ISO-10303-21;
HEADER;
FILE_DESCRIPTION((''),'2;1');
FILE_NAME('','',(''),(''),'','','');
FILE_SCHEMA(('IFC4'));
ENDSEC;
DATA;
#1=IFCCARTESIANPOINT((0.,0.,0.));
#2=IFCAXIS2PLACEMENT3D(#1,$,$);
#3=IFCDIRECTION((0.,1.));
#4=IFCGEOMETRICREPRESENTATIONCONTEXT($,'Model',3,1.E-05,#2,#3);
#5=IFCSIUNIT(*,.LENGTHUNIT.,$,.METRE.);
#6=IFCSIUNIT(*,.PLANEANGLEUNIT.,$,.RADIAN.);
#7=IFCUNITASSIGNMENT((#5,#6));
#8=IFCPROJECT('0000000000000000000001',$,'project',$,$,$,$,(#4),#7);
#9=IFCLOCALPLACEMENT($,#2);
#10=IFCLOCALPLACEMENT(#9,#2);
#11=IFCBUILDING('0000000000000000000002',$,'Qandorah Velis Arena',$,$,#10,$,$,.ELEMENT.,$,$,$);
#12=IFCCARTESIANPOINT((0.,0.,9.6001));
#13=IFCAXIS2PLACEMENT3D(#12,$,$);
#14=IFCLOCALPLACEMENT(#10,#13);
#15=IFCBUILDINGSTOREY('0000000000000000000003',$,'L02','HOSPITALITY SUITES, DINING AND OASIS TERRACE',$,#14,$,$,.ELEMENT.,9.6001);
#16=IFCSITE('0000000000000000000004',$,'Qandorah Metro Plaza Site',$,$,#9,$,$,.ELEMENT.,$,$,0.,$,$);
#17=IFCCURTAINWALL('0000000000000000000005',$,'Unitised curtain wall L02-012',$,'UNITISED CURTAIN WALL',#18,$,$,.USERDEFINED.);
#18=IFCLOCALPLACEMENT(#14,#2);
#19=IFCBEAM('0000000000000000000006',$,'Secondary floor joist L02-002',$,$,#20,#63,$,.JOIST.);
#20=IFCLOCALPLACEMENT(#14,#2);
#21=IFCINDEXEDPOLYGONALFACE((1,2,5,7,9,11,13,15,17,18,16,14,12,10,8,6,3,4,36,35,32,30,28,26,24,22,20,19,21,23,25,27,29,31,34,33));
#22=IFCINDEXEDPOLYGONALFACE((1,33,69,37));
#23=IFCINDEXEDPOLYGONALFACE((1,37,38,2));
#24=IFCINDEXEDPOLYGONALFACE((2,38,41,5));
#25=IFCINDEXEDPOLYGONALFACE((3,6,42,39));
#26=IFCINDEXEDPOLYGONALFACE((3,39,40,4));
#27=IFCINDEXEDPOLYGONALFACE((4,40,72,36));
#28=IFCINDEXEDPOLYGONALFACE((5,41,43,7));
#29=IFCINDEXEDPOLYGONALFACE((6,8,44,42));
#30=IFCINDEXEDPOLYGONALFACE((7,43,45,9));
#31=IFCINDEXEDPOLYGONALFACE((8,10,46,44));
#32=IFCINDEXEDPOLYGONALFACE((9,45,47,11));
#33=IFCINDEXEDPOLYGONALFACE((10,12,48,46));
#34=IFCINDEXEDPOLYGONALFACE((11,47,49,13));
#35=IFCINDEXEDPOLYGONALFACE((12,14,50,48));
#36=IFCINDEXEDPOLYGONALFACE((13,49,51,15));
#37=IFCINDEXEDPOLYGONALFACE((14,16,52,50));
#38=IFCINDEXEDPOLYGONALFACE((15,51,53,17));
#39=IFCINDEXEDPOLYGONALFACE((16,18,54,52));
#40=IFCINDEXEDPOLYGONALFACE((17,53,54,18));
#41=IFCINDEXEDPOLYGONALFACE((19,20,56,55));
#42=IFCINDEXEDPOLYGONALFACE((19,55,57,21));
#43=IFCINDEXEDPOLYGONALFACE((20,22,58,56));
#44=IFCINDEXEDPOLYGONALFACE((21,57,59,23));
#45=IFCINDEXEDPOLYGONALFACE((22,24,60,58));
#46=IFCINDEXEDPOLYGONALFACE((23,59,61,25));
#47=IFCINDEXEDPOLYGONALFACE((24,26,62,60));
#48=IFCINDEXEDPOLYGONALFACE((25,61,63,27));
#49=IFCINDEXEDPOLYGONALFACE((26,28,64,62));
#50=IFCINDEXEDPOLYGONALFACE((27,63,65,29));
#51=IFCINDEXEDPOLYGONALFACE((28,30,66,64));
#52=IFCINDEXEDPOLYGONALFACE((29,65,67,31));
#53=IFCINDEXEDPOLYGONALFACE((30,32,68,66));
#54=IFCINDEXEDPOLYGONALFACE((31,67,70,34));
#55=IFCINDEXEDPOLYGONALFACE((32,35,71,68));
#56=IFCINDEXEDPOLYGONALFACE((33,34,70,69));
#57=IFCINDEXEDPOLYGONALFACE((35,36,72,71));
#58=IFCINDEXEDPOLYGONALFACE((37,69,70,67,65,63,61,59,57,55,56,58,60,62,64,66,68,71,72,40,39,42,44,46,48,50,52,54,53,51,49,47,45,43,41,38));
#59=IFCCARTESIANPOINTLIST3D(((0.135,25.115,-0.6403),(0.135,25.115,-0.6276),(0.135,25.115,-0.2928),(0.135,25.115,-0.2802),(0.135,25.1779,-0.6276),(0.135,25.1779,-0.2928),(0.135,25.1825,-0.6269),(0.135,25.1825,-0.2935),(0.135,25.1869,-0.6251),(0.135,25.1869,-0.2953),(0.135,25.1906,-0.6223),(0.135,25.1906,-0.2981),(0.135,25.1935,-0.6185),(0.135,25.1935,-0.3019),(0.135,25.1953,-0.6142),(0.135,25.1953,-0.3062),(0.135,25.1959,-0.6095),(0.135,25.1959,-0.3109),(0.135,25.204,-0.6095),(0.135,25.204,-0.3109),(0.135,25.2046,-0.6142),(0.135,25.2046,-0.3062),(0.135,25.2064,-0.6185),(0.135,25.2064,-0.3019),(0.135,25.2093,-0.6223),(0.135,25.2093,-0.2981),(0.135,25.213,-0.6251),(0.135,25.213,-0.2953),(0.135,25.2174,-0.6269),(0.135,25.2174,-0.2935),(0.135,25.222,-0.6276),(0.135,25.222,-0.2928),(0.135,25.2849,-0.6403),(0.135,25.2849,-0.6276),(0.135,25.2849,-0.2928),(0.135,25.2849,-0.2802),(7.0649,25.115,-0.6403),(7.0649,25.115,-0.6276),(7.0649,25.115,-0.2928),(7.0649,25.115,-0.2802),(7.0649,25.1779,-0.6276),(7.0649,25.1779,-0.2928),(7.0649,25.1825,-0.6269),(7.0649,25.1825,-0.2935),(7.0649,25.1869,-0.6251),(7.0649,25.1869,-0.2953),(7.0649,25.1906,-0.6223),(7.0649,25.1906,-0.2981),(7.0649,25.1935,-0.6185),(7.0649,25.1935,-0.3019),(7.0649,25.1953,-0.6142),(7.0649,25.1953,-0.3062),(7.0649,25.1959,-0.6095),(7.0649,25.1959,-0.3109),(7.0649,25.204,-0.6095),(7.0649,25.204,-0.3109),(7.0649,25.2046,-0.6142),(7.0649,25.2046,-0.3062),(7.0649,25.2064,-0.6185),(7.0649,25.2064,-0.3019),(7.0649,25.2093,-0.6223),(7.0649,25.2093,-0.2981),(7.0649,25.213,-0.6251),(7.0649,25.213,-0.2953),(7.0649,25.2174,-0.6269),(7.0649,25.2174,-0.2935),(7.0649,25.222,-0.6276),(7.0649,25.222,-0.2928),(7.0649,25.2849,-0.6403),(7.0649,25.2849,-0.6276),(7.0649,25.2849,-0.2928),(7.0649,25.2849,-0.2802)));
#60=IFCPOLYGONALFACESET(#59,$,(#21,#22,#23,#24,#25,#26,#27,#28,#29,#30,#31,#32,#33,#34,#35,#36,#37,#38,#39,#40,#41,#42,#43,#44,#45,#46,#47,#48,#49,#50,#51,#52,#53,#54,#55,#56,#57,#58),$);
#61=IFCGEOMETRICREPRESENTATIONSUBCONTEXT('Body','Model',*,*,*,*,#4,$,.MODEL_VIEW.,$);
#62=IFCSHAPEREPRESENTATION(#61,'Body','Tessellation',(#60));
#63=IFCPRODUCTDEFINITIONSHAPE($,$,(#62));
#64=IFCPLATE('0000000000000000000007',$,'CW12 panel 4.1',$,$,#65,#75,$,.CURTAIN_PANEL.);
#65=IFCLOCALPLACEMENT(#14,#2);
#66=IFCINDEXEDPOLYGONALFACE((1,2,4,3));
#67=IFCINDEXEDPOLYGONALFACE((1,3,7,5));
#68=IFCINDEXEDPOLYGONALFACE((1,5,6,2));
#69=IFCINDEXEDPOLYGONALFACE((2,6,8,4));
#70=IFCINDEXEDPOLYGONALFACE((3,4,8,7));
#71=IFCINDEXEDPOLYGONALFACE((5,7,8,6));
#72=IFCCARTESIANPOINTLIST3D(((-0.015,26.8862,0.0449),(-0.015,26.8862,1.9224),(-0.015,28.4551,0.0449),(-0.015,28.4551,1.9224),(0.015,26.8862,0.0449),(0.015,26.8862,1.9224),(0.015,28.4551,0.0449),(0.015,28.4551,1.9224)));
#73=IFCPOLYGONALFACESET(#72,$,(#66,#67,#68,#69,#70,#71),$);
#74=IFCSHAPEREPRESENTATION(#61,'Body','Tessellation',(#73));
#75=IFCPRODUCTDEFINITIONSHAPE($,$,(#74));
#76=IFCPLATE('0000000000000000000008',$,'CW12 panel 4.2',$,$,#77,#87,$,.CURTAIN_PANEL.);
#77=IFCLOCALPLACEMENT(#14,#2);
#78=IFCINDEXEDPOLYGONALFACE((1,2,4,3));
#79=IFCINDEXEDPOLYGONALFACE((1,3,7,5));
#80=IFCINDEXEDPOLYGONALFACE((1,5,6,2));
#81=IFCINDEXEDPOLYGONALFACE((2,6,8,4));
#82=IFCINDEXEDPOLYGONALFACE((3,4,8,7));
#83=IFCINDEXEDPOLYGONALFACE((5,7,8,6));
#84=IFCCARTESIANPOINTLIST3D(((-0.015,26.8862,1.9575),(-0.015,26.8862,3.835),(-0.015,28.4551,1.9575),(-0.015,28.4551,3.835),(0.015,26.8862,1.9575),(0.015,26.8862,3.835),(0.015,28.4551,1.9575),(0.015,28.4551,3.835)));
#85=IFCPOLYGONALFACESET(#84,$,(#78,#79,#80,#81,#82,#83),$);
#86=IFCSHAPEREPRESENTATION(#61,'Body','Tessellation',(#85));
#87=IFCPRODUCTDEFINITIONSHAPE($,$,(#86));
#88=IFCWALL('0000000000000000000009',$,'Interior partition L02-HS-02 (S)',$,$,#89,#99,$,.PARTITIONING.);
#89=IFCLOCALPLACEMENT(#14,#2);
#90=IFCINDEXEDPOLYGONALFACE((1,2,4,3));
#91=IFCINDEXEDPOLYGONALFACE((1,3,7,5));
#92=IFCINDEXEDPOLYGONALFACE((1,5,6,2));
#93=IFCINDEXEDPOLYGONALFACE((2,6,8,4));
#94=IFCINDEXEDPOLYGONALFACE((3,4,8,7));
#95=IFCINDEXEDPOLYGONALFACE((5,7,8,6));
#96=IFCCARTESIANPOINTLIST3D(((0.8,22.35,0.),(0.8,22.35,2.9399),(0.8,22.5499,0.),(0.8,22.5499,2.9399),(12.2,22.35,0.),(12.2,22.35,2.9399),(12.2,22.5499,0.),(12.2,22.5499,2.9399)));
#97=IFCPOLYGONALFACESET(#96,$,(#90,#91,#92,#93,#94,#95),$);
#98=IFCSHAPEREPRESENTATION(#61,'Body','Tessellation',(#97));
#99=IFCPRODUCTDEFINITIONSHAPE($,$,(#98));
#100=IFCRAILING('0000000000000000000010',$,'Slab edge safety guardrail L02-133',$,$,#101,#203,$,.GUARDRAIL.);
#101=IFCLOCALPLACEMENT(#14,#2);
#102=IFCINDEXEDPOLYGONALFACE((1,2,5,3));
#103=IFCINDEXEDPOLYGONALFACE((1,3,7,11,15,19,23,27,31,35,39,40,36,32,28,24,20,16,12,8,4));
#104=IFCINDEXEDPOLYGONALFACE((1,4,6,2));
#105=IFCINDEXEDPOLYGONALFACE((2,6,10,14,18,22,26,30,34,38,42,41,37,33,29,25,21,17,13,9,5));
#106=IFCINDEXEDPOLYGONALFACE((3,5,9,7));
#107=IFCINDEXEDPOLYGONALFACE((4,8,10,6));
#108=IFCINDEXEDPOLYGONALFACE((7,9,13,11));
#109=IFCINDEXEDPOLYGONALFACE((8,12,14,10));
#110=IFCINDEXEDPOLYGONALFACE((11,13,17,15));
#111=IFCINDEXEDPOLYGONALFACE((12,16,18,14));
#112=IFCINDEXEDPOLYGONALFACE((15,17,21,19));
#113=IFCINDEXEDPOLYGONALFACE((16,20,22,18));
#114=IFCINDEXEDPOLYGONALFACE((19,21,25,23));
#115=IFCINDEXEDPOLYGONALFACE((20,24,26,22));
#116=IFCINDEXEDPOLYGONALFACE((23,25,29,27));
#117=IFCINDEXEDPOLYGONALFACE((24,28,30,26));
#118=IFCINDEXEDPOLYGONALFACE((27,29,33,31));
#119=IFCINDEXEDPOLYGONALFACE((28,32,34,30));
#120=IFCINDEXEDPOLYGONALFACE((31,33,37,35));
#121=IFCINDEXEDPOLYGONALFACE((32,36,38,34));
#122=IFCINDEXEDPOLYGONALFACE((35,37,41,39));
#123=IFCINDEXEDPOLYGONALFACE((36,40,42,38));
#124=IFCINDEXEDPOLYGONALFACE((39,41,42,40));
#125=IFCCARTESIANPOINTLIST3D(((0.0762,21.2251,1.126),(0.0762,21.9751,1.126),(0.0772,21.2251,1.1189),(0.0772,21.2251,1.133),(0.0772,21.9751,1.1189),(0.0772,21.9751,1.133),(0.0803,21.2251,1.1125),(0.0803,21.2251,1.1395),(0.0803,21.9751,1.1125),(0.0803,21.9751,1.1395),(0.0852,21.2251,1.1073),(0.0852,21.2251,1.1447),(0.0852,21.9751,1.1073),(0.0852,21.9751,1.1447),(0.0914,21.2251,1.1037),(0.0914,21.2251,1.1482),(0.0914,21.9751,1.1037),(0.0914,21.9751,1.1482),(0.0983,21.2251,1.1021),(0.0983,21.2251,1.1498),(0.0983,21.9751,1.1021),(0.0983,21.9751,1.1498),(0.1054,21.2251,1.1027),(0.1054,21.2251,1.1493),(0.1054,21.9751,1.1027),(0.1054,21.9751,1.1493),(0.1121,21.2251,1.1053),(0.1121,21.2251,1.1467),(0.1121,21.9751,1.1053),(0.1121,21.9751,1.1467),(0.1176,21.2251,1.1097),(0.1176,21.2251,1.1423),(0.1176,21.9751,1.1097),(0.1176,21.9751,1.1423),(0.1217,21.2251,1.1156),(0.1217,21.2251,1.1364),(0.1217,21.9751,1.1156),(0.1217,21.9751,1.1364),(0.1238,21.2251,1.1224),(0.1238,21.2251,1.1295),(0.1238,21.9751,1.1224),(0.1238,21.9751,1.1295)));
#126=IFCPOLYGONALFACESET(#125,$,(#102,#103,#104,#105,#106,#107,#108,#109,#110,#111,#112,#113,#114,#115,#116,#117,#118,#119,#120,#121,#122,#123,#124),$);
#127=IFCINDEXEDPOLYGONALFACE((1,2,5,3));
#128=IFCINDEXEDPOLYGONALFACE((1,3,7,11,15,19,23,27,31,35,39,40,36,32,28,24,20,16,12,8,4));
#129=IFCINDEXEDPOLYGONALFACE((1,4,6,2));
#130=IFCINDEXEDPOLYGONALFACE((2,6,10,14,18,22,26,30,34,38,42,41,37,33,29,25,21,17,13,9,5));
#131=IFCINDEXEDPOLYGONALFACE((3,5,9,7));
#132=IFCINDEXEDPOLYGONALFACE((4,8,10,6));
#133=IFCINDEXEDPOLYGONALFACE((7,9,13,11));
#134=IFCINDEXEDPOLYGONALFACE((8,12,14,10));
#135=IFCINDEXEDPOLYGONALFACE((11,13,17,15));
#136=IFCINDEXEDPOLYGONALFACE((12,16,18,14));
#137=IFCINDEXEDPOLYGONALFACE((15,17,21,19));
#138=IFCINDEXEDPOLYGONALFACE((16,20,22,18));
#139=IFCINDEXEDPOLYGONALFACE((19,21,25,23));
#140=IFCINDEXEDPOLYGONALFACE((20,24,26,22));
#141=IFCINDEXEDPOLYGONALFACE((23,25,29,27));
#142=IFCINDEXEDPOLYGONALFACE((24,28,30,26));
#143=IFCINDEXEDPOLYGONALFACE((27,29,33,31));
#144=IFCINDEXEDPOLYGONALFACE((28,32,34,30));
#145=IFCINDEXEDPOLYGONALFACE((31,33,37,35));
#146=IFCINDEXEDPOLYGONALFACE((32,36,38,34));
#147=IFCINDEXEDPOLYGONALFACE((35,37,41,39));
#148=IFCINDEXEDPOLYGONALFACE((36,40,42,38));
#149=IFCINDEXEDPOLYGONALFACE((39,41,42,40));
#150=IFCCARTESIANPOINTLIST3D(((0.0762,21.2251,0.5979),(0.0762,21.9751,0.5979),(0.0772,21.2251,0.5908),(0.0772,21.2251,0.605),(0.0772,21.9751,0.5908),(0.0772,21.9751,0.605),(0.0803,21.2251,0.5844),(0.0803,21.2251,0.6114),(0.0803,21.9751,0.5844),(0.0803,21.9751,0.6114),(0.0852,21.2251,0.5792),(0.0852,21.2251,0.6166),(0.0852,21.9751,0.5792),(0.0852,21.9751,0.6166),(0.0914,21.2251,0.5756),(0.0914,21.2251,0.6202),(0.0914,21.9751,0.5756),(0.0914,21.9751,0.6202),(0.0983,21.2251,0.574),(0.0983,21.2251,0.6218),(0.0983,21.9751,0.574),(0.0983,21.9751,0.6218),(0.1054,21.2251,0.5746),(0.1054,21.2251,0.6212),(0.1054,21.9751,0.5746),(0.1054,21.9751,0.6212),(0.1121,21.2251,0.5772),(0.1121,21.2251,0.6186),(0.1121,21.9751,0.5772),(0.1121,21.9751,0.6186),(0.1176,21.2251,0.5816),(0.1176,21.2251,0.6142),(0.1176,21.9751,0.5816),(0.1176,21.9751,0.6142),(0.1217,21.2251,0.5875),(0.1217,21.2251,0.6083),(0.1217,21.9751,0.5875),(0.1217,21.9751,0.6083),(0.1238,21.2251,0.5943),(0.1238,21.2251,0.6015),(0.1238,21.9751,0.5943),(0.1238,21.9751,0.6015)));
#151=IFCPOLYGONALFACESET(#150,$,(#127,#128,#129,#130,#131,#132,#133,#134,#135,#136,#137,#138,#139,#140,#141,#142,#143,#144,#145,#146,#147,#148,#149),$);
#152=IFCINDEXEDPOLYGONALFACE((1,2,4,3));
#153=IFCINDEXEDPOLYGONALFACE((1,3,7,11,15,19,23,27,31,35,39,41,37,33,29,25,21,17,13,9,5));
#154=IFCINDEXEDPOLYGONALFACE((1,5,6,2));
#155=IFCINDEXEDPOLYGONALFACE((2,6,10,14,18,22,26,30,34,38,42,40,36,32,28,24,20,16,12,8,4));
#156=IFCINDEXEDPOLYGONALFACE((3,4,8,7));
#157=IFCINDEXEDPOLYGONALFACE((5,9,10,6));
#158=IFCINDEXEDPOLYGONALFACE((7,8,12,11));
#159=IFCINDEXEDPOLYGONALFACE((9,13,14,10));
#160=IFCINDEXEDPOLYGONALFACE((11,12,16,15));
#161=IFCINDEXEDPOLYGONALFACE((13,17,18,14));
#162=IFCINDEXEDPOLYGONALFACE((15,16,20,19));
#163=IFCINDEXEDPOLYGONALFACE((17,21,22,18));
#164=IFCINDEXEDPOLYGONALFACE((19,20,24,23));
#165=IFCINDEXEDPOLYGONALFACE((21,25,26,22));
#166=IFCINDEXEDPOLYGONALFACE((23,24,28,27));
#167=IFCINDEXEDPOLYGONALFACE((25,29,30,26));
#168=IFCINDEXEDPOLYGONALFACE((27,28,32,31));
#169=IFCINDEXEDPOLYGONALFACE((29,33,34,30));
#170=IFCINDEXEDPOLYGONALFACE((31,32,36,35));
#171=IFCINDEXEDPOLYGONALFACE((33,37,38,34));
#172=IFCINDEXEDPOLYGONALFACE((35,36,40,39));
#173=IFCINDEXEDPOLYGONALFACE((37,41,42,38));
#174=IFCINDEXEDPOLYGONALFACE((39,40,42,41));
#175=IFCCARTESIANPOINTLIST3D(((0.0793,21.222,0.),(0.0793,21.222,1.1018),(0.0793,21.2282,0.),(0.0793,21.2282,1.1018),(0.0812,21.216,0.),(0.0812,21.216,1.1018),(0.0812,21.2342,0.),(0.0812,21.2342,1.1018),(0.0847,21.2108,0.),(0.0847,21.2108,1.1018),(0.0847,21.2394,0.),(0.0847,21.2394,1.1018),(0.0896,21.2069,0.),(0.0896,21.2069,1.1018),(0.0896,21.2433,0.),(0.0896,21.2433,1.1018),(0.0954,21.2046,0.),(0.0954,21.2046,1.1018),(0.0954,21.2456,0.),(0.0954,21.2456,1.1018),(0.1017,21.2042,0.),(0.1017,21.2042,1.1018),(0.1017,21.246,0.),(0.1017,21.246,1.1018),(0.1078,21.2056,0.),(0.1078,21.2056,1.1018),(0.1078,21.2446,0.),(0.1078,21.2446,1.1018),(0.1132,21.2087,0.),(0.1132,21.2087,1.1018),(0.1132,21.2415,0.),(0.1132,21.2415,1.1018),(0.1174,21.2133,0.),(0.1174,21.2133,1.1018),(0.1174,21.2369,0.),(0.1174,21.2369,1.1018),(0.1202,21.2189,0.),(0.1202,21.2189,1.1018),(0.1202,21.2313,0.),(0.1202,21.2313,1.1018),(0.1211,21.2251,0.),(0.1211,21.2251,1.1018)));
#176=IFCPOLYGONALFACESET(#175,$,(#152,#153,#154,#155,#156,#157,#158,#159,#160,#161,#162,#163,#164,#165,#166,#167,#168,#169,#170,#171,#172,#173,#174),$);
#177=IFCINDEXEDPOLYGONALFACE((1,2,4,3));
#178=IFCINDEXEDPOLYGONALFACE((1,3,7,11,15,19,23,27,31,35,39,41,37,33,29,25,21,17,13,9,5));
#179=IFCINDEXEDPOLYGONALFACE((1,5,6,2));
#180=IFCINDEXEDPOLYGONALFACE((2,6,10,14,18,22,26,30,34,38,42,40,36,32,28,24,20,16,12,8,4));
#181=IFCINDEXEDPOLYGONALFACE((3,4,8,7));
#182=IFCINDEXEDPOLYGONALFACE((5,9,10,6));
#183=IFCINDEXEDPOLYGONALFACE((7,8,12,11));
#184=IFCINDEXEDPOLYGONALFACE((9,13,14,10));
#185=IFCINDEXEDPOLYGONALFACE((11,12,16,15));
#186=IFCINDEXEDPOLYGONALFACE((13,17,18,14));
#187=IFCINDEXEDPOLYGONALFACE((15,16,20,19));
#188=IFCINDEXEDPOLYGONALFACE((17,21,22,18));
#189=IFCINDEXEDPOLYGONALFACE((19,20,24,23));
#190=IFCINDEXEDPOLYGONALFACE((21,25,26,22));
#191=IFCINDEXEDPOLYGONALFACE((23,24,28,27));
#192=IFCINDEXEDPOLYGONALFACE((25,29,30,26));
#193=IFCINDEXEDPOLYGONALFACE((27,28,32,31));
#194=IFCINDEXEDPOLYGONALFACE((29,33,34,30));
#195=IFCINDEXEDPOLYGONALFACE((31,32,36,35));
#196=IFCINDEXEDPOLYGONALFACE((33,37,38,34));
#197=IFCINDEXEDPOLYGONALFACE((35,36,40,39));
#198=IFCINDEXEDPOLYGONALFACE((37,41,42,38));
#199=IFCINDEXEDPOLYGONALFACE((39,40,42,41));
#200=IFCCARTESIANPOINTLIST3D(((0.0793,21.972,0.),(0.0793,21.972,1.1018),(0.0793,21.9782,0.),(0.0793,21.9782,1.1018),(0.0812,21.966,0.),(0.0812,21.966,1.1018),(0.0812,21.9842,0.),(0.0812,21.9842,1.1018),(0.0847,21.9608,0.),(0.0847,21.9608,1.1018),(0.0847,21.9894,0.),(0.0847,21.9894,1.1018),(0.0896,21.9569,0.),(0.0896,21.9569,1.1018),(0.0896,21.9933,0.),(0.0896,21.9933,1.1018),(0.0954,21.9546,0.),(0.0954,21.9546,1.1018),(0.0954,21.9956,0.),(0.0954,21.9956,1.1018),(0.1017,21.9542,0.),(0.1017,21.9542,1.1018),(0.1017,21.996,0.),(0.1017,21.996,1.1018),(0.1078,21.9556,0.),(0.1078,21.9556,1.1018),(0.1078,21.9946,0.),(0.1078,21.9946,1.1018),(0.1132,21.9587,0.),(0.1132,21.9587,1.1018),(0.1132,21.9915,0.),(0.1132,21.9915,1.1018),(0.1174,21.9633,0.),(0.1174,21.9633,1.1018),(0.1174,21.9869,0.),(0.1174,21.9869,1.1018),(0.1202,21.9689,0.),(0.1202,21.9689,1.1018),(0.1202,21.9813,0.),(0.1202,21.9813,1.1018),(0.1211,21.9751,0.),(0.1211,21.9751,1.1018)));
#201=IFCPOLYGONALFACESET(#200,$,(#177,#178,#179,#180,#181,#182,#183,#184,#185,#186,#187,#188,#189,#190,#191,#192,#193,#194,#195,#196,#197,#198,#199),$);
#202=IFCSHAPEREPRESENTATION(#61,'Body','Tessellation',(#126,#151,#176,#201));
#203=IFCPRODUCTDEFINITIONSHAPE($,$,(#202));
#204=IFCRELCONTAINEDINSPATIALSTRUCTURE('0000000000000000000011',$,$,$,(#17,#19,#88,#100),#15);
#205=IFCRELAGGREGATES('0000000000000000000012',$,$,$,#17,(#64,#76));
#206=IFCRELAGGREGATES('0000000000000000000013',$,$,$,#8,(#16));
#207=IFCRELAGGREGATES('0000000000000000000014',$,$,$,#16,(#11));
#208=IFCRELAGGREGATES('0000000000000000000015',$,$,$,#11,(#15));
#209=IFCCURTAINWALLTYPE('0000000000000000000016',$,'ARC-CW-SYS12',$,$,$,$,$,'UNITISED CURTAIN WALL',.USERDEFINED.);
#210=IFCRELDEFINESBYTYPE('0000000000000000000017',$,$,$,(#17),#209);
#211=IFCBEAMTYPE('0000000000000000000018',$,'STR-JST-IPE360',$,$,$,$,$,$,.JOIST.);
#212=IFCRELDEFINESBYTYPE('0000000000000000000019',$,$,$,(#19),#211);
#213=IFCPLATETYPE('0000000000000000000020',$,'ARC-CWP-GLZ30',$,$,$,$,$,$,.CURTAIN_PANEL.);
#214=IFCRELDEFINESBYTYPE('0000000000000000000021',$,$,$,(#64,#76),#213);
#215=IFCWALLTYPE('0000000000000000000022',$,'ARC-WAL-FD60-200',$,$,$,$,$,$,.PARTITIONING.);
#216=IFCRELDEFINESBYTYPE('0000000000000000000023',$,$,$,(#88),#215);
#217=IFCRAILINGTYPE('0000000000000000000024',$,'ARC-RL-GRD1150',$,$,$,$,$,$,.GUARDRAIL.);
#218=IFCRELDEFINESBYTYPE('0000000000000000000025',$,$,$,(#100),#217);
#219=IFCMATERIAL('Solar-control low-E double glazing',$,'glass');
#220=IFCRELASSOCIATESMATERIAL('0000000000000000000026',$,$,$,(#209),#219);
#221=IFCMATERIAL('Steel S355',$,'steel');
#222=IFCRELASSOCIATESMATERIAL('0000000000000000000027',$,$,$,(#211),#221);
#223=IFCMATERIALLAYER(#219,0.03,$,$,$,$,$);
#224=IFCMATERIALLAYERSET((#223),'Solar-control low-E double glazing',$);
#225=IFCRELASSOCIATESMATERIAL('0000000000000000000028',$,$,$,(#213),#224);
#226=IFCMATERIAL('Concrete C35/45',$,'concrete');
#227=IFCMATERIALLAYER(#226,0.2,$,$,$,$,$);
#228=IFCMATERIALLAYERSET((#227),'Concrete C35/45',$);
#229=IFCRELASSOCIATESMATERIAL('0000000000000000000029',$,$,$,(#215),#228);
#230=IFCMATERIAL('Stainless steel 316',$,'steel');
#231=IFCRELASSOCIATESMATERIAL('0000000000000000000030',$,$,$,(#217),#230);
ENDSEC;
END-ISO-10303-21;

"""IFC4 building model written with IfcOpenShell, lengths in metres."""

from ifc_helpers import new_model, si_unit, direction, frame, frame_2d, origin, origin_2d, place, context, subcontext, project, spatial, rectangle, circle, i_section, extrude, material, layer, layer_set, material_profile, profile_set, type_object, element, aggregate, save


model = new_model("IFC4")

# Units and contexts
model_context = context("Model", 3, precision=1e-05, world=origin(), true_north=direction((0.0, 1.0)))
body_context = subcontext(model_context, "Body", "Model", "MODEL_VIEW")
ifc_project = project(units=[si_unit("LENGTHUNIT", "METRE"), si_unit("PLANEANGLEUNIT", "RADIAN")], contexts=[model_context])

# Site, building, storey
site_placement = place(None, origin())
site = spatial("IfcSite", under=ifc_project, at=site_placement, Name="Qandorah Metro Plaza Site", CompositionType="ELEMENT", RefElevation=0.0)
building_placement = place(site_placement, origin())
building = spatial("IfcBuilding", under=site, at=building_placement, Name="Qandorah Velis Arena", CompositionType="ELEMENT")
storey_placement = place(building_placement, frame((0.0, 0.0, 9.6001)))
storey = spatial("IfcBuildingStorey", under=building, at=storey_placement, Name="L02", Description="HOSPITALITY SUITES, DINING AND OASIS TERRACE", CompositionType="ELEMENT", Elevation=9.6001)

# Shared definitions
ifc_material_1 = material(Name="Steel S355", Category="steel")

# Curtain wall
ifc_material_2 = material(Name="Solar-control low-E double glazing", Category="glass")
curtain_wall_type_1 = type_object("IfcCurtainWallType", Name="ARC-CW-SYS12", ElementType="UNITISED CURTAIN WALL", PredefinedType="USERDEFINED", material=ifc_material_2)
curtain_wall_1_placement = place(storey_placement, origin())
curtain_wall_1 = element("IfcCurtainWall", 1, at=curtain_wall_1_placement, inside=storey, type_object=curtain_wall_type_1, Name="Unitised curtain wall L02-012", ObjectType="UNITISED CURTAIN WALL", PredefinedType="USERDEFINED")

# Beam
ifc_material_profile_1 = material_profile(ifc_material_1, i_section(OverallWidth=0.1699, OverallDepth=0.3601, WebThickness=0.0081, FlangeThickness=0.0127, FilletRadius=0.0181, at=origin_2d()), Name="IPE 360")
ifc_profile_set_1 = profile_set([ifc_material_profile_1], Name="Steel S355")
beam_type_1 = type_object("IfcBeamType", Name="STR-JST-IPE360", PredefinedType="JOIST", material=ifc_profile_set_1)
beam_1_placement = place(storey_placement, frame((0.135, 25.2, -0.4602), z_axis=(1.0, 0.0, 0.0), x_axis=(0.0, 1.0, 0.0)))
element("IfcBeam", 2, at=beam_1_placement, inside=storey, type_object=beam_type_1, Name="Secondary floor joist L02-002", PredefinedType="JOIST", context=body_context, shape_type="SweptSolid", body=[
    extrude(i_section(OverallWidth=0.1699, OverallDepth=0.3601, WebThickness=0.0081, FlangeThickness=0.0127, FilletRadius=0.0181, at=origin_2d()), origin(), (0.0, 0.0, 1.0), 6.9299),
])

# Plates
ifc_layer_1 = layer(ifc_material_2, 0.03)
ifc_layer_set_1 = layer_set([ifc_layer_1], Name="Solar-control low-E double glazing")
plate_type = type_object("IfcPlateType", Name="ARC-CWP-GLZ30", PredefinedType="CURTAIN_PANEL", material=ifc_layer_set_1)
plate_1_placement = place(storey_placement, frame((0.0, 27.6707, 0.0449), z_axis=(0.0, 0.0, 1.0), x_axis=(0.0, 1.0, 0.0)))
plate_1 = element("IfcPlate", 3, at=plate_1_placement, type_object=plate_type, Name="CW12 panel 4.1", PredefinedType="CURTAIN_PANEL", context=body_context, shape_type="SweptSolid", body=[
    extrude(rectangle(XDim=1.5688, YDim=0.03, at=origin_2d()), origin(), (0.0, 0.0, 1.0), 1.8774),
])
plate_2_placement = place(storey_placement, frame((0.0, 27.6707, 1.9575), z_axis=(0.0, 0.0, 1.0), x_axis=(0.0, 1.0, 0.0)))
plate_2 = element("IfcPlate", 4, at=plate_2_placement, type_object=plate_type, Name="CW12 panel 4.2", PredefinedType="CURTAIN_PANEL", context=body_context, shape_type="SweptSolid", body=[
    extrude(rectangle(XDim=1.5688, YDim=0.03, at=origin_2d()), origin(), (0.0, 0.0, 1.0), 1.8774),
])
aggregate(curtain_wall_1, [plate_1, plate_2])

# Wall
ifc_material_3 = material(Name="Concrete C35/45", Category="concrete")
ifc_layer_2 = layer(ifc_material_3, 0.2)
ifc_layer_set_2 = layer_set([ifc_layer_2], Name="Concrete C35/45")
wall_type = type_object("IfcWallType", Name="ARC-WAL-FD60-200", PredefinedType="PARTITIONING", material=ifc_layer_set_2)
wall_placement = place(storey_placement, frame((0.8, 22.45, 0.0), z_axis=(0.0, 0.0, 1.0), x_axis=(1.0, 0.0, 0.0)))
element("IfcWall", 5, at=wall_placement, inside=storey, type_object=wall_type, Name="Interior partition L02-HS-02 (S)", PredefinedType="PARTITIONING", context=body_context, shape_type="SweptSolid", body=[
    extrude(rectangle(XDim=11.3999, YDim=0.2, at=frame_2d((5.7, 0.0))), origin(), (0.0, 0.0, 1.0), 2.9399),
])

# Railing
ifc_material_4 = material(Name="Stainless steel 316", Category="steel")
railing_type = type_object("IfcRailingType", Name="ARC-RL-GRD1150", PredefinedType="GUARDRAIL", material=ifc_material_4)
railing_1_placement = place(storey_placement, frame((0.1001, 21.2251, 0.0)))
element("IfcRailing", 6, at=railing_1_placement, inside=storey, type_object=railing_type, Name="Slab edge safety guardrail L02-133", PredefinedType="GUARDRAIL", context=body_context, shape_type="SweptSolid", body=[
    extrude(circle(Radius=0.0239, at=origin_2d()), frame((0.0, 0.0, 1.126), z_axis=(0.0, 1.0, 0.0), x_axis=(-1.0, 0.0, 0.0)), (0.0, 0.0, 1.0), 0.75),
    extrude(circle(Radius=0.0239, at=origin_2d()), frame((0.0, 0.0, 0.5979), z_axis=(0.0, 1.0, 0.0), x_axis=(-1.0, 0.0, 0.0)), (0.0, 0.0, 1.0), 0.75),
    extrude(circle(Radius=0.021, at=origin_2d()), origin(), (0.0, 0.0, 1.0), 1.1018),
    extrude(circle(Radius=0.021, at=origin_2d()), frame((0.0, 0.75, 0.0)), (0.0, 0.0, 1.0), 1.1018),
])

save(model, "model.ifc")
